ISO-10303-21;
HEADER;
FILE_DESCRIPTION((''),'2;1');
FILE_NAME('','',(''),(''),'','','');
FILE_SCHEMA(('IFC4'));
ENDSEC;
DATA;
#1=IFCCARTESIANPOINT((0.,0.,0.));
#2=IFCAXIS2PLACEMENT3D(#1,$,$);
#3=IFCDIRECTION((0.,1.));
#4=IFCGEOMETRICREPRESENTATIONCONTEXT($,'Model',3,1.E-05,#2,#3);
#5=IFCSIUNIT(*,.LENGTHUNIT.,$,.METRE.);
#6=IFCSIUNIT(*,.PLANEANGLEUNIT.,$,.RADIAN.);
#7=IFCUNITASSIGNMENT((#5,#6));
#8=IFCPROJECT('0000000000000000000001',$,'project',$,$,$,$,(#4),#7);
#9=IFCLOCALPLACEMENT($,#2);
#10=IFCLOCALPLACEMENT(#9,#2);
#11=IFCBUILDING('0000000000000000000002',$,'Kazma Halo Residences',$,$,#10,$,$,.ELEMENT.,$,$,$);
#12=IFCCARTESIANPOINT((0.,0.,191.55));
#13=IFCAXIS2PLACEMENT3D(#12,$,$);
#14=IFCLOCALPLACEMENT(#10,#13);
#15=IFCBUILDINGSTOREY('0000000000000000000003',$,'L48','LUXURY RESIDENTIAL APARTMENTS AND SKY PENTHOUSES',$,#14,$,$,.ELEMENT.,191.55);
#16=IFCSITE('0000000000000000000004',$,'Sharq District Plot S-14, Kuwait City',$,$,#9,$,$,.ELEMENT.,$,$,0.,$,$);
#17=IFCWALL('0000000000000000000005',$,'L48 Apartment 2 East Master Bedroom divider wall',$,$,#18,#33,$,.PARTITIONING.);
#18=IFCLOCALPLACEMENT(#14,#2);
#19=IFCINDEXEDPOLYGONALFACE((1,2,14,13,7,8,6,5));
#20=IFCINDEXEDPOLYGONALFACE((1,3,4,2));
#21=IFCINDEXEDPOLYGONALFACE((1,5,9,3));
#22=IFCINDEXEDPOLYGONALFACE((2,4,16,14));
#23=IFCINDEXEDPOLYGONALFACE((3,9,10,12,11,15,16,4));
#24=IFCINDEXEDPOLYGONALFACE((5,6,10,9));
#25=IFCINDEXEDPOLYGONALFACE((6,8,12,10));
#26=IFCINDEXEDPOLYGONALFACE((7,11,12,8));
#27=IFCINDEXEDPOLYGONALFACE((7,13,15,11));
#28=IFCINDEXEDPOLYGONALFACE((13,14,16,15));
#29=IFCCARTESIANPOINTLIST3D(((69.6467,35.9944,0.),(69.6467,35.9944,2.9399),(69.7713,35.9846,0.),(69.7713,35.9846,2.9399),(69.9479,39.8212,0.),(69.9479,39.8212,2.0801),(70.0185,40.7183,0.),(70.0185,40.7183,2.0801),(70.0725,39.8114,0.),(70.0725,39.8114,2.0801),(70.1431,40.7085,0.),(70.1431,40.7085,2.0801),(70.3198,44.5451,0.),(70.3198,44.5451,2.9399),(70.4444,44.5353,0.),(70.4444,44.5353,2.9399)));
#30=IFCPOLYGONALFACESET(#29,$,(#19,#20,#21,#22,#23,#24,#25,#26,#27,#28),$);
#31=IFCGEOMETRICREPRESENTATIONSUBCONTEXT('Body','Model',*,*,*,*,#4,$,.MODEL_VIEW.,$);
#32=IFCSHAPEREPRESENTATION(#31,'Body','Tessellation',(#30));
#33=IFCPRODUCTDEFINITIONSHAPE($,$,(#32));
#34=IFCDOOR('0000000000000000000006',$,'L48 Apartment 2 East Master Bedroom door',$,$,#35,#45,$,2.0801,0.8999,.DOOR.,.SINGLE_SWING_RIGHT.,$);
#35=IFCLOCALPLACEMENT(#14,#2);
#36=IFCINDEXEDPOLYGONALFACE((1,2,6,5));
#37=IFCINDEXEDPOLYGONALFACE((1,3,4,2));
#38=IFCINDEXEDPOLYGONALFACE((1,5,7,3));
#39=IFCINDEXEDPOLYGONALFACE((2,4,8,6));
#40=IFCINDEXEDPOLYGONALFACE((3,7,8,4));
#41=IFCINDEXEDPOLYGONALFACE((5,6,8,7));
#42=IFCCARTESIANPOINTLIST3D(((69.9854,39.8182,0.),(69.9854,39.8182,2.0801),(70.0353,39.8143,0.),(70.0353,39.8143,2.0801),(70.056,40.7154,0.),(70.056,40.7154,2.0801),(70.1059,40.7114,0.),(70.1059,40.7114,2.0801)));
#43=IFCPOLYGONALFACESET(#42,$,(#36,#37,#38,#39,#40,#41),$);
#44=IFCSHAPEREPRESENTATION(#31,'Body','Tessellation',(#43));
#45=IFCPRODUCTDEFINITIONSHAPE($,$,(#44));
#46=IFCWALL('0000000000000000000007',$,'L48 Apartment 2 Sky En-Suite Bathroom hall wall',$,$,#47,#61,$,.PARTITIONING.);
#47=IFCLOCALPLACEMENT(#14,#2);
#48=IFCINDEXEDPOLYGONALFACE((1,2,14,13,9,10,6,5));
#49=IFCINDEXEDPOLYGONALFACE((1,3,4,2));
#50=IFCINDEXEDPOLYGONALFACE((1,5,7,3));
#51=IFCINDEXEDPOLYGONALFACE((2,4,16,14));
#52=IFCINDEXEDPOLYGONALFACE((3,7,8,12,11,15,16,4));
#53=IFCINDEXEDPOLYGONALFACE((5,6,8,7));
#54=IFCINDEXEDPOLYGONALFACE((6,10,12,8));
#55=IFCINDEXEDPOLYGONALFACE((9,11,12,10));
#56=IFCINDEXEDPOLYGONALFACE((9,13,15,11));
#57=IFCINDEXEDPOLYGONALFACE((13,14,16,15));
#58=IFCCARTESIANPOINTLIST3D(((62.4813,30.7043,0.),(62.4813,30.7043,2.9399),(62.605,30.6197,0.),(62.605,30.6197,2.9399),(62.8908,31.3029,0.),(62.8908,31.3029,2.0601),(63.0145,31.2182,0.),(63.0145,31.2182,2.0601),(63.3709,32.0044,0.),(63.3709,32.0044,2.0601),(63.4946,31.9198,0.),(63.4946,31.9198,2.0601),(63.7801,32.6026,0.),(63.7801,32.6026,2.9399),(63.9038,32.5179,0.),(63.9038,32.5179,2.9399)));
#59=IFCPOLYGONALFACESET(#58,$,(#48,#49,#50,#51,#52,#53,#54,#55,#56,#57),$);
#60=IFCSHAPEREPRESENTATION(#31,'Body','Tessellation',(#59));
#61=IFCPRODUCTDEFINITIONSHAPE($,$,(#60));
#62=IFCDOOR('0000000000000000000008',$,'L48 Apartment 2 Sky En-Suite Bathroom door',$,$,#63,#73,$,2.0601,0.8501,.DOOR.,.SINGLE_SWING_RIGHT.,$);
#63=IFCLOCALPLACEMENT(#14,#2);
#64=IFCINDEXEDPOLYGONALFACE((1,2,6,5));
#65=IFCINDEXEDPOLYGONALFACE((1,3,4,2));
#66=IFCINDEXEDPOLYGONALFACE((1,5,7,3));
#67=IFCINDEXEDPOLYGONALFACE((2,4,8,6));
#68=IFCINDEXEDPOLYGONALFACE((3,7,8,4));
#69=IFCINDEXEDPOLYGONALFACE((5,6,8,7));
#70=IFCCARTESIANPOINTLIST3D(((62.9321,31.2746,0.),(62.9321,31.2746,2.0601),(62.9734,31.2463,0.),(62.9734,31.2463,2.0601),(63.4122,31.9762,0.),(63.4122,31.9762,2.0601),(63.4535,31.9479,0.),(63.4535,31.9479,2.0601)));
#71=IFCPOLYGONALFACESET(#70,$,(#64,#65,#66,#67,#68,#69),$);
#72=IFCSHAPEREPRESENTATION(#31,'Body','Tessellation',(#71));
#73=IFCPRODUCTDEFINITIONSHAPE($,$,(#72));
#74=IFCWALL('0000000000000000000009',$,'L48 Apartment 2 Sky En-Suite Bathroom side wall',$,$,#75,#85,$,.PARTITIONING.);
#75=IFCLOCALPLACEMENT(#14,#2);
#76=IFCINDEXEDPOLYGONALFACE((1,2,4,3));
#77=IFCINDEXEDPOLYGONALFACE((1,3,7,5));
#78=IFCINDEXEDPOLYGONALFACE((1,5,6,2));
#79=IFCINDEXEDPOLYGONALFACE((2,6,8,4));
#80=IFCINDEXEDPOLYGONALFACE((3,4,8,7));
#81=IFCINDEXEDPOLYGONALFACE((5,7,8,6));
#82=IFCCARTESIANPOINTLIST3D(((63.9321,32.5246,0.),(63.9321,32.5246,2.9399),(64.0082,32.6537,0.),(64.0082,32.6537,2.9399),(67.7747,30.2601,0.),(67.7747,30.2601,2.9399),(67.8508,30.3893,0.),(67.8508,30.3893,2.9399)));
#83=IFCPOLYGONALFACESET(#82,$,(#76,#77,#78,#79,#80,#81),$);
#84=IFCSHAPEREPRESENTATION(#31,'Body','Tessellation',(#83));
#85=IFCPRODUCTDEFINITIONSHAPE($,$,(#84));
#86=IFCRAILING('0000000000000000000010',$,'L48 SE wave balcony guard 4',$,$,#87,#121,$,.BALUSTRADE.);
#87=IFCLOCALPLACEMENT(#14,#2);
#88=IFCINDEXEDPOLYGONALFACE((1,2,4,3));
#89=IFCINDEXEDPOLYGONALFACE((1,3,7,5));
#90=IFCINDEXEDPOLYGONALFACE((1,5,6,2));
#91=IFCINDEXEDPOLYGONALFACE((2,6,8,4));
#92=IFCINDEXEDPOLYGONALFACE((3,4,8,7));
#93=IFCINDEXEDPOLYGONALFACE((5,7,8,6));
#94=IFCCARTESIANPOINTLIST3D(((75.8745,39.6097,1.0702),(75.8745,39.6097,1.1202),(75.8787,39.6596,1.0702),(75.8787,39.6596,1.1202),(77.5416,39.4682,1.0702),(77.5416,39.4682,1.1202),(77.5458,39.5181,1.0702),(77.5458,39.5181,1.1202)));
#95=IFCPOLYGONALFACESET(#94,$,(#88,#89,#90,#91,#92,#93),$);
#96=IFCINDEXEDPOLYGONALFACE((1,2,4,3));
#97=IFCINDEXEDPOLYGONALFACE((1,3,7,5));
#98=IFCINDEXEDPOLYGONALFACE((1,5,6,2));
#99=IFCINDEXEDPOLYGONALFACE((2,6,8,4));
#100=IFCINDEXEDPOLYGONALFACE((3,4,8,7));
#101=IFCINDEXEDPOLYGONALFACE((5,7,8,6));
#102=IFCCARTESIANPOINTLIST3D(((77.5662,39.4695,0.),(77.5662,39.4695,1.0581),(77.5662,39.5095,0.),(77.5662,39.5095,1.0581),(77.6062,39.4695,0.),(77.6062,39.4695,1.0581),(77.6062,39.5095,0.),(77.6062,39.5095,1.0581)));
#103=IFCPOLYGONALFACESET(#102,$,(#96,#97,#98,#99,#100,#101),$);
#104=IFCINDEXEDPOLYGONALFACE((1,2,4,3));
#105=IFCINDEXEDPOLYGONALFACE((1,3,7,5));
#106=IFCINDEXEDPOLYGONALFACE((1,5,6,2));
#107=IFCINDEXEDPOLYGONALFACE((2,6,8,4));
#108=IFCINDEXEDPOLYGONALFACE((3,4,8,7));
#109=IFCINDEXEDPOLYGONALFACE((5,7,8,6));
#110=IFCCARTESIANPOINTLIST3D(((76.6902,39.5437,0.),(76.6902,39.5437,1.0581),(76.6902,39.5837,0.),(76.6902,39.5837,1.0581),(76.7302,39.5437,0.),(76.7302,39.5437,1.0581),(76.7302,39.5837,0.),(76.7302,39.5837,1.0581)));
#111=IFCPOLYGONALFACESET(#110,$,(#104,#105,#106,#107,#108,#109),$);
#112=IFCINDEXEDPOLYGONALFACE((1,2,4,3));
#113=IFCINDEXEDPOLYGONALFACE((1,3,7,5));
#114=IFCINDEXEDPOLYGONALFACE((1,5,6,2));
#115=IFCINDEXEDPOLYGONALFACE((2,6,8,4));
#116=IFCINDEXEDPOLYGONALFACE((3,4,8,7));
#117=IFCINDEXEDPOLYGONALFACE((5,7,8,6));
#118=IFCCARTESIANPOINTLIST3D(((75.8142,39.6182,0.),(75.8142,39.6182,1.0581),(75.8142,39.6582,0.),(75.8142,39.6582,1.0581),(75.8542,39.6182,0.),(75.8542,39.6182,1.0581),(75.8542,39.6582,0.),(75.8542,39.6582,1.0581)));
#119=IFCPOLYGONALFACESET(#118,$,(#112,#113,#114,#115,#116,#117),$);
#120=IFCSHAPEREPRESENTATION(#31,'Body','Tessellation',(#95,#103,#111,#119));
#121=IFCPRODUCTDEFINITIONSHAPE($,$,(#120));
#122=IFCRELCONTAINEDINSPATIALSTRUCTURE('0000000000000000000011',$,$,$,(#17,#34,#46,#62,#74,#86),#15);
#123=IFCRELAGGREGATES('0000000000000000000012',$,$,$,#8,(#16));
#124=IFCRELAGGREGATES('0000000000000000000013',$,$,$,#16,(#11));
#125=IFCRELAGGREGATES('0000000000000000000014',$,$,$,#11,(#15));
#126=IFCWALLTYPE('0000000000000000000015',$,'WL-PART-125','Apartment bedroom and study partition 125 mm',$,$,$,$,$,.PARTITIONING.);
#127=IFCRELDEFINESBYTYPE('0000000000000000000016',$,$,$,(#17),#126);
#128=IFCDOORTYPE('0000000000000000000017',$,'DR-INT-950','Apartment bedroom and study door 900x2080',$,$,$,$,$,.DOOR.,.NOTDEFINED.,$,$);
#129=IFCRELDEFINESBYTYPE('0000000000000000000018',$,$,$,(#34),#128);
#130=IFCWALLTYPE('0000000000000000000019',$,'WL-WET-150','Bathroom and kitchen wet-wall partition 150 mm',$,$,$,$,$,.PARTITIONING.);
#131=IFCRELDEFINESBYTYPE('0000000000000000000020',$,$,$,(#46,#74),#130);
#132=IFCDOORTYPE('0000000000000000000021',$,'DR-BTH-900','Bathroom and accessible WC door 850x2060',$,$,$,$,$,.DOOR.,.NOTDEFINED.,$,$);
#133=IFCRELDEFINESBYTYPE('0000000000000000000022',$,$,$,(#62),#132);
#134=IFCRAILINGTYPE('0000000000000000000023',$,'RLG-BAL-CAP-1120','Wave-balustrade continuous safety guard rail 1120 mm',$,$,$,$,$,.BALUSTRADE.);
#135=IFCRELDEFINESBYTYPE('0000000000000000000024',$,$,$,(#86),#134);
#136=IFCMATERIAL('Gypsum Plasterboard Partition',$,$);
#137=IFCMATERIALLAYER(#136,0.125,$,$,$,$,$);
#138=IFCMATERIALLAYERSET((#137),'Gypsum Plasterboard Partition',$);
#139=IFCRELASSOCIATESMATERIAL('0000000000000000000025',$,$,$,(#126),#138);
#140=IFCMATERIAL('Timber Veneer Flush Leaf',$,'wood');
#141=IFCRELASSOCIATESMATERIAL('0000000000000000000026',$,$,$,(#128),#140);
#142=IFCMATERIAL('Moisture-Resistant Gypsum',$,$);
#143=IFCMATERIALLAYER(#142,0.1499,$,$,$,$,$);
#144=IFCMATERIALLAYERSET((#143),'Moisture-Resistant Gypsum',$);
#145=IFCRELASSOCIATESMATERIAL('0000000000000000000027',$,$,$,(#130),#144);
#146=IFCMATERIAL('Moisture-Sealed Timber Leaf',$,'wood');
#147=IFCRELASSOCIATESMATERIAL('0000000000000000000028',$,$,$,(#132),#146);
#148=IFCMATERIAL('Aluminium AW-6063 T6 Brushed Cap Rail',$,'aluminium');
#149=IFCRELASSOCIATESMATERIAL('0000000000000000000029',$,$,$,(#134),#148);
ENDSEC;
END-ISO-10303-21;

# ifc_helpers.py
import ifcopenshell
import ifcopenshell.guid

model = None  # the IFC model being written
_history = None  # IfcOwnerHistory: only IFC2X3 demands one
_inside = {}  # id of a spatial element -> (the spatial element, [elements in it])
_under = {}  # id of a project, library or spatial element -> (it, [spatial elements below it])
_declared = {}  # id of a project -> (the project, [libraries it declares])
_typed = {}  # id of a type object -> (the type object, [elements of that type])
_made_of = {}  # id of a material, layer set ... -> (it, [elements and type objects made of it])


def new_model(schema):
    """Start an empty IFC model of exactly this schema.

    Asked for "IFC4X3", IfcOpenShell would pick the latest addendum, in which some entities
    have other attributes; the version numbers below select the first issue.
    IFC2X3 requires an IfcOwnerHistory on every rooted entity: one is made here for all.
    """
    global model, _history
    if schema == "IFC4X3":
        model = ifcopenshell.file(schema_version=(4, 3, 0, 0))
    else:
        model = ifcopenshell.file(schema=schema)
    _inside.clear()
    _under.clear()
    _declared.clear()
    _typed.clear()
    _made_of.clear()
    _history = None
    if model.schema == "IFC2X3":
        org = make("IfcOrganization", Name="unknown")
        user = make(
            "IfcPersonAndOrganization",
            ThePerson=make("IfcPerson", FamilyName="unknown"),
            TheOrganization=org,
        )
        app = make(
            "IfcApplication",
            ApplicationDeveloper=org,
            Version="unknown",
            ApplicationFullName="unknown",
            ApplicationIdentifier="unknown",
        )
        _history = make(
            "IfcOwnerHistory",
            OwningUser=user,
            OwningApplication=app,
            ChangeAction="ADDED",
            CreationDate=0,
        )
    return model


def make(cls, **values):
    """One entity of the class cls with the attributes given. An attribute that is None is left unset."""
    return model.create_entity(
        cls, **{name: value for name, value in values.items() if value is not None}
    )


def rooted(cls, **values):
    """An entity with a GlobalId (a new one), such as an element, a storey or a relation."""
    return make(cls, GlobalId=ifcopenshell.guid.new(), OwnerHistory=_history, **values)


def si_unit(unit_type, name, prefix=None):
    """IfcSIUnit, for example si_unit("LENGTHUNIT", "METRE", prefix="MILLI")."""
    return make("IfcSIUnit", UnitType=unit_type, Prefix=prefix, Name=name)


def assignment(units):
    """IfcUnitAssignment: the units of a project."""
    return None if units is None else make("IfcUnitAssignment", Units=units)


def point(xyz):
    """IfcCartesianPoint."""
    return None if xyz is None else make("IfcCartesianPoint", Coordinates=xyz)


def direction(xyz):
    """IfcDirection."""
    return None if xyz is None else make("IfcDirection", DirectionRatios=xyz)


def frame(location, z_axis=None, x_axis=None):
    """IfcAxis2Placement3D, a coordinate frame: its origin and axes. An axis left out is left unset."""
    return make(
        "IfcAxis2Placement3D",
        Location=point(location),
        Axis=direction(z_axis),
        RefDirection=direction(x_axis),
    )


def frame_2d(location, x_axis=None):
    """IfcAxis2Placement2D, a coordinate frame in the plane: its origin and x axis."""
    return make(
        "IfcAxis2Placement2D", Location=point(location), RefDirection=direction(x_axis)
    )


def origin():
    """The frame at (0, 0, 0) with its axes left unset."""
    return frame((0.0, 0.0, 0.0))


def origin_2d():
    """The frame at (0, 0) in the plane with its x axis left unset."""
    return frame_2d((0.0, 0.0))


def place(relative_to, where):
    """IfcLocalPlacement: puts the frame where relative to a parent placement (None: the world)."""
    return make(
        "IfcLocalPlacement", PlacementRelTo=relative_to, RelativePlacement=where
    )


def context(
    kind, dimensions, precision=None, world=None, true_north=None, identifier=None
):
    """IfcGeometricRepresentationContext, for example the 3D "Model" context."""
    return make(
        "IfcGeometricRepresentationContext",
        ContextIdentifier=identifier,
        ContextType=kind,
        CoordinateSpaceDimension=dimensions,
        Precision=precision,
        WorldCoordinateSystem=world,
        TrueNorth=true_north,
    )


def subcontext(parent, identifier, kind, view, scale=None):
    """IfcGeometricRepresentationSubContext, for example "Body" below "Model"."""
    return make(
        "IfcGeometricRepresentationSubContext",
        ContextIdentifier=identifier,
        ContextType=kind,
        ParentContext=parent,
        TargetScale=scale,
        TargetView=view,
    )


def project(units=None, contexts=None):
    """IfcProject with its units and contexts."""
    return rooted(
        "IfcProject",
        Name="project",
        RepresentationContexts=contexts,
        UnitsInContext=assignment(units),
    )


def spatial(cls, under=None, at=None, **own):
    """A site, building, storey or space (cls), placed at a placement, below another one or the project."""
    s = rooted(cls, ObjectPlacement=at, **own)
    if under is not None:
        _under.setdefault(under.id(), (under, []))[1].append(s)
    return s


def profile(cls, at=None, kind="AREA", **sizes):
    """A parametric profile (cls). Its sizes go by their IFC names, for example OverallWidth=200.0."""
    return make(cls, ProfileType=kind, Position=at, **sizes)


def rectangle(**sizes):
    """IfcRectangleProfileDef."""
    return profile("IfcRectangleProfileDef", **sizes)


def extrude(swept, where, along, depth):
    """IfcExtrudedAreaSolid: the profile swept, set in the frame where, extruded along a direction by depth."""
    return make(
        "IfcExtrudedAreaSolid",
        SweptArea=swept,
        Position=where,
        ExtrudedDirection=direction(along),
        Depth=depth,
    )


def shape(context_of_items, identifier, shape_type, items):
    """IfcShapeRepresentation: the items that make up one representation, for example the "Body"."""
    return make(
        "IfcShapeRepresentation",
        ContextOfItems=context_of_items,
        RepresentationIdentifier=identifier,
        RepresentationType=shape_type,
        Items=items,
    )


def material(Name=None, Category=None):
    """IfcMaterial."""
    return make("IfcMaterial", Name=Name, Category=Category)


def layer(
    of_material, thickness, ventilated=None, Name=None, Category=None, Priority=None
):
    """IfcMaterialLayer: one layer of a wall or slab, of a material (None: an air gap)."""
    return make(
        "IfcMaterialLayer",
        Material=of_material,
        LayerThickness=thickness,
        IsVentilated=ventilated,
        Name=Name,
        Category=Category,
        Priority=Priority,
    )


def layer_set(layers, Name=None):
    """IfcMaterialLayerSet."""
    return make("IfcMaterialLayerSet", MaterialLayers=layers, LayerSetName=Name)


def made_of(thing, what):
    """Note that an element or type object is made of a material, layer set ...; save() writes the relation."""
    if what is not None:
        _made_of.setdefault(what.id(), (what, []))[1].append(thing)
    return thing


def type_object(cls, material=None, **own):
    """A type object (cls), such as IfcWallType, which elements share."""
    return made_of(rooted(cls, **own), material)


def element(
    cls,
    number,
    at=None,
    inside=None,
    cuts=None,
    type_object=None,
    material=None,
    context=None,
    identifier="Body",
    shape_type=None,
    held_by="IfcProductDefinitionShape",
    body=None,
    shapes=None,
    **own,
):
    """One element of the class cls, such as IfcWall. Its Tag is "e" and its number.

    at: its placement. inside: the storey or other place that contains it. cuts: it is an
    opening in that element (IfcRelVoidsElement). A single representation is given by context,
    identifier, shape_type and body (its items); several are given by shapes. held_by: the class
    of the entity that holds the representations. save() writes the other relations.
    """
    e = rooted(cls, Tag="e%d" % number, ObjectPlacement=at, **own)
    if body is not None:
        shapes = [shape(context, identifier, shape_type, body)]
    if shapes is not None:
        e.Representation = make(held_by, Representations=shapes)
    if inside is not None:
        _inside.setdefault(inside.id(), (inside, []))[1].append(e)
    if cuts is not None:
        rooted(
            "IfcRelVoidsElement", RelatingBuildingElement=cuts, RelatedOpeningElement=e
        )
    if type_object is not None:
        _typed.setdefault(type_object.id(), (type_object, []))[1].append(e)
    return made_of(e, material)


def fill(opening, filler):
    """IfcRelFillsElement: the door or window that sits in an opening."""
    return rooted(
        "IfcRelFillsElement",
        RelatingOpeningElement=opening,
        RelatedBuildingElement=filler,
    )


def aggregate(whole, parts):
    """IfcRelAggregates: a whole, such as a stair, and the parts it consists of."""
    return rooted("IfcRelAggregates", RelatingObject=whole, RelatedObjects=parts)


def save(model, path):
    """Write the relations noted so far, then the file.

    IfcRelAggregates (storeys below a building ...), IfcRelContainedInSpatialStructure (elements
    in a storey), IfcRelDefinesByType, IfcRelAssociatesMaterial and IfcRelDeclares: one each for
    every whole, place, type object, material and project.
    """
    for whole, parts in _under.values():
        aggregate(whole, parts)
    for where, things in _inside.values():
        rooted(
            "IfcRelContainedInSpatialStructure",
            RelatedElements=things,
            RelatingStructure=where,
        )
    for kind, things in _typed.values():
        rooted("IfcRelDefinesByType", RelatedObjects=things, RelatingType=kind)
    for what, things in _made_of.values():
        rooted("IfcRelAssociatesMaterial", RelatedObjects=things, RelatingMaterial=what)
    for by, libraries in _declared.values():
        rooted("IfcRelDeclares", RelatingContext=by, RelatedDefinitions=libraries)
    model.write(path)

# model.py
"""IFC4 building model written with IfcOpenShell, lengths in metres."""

from ifc_helpers import new_model, si_unit, direction, frame, frame_2d, origin, origin_2d, place, context, subcontext, project, spatial, rectangle, extrude, material, layer, layer_set, type_object, element, fill, save


model = new_model("IFC4")

# Units and contexts
model_context = context("Model", 3, precision=1e-05, world=origin(), true_north=direction((0.0, 1.0)))
body_context = subcontext(model_context, "Body", "Model", "MODEL_VIEW")
ifc_project = project(units=[si_unit("LENGTHUNIT", "METRE"), si_unit("PLANEANGLEUNIT", "RADIAN")], contexts=[model_context])

# Site, building, storey
site_placement = place(None, origin())
site = spatial("IfcSite", under=ifc_project, at=site_placement, Name="Sharq District Plot S-14, Kuwait City", CompositionType="ELEMENT", RefElevation=0.0)
building_placement = place(site_placement, origin())
building = spatial("IfcBuilding", under=site, at=building_placement, Name="Kazma Halo Residences", CompositionType="ELEMENT")
storey_placement = place(building_placement, frame((0.0, 0.0, 191.55)))
storey = spatial("IfcBuildingStorey", under=building, at=storey_placement, Name="L48", Description="LUXURY RESIDENTIAL APARTMENTS AND SKY PENTHOUSES", CompositionType="ELEMENT", Elevation=191.55)

# Shared definitions
ifc_material_1 = material(Name="Gypsum Plasterboard Partition")
ifc_layer_1 = layer(ifc_material_1, 0.125)
ifc_layer_set_1 = layer_set([ifc_layer_1], Name="Gypsum Plasterboard Partition")
wall_type_1 = type_object("IfcWallType", Name="WL-PART-125", Description="Apartment bedroom and study partition 125 mm", PredefinedType="PARTITIONING", material=ifc_layer_set_1)
ifc_material_2 = material(Name="Timber Veneer Flush Leaf", Category="wood")
door_type_1 = type_object("IfcDoorType", Name="DR-INT-950", Description="Apartment bedroom and study door 900x2080", OperationType="NOTDEFINED", PredefinedType="DOOR", material=ifc_material_2)

# Walls, openings, doors
wall_1_placement = place(storey_placement, frame((69.709, 35.9895, 0.0), z_axis=(0.0, 0.0, 1.0), x_axis=(0.078475, 0.996916, 0.0)))
wall_1 = element("IfcWall", 1, at=wall_1_placement, inside=storey, type_object=wall_type_1, Name="L48 Apartment 2 East Master Bedroom divider wall", PredefinedType="PARTITIONING", context=body_context, shape_type="SweptSolid", body=[
    extrude(rectangle(XDim=8.5771, YDim=0.125, at=frame_2d((4.2886, 0.0))), origin(), (0.0, 0.0, 1.0), 2.9399),
])
opening_1_placement = place(wall_1_placement, frame((3.8386, 0.0, 0.0)))
opening_1 = element("IfcOpeningElement", 2, at=opening_1_placement, cuts=wall_1, PredefinedType="OPENING", context=body_context, shape_type="SweptSolid", body=[
    extrude(rectangle(XDim=0.8999, YDim=2.0801, at=frame_2d((0.45, 1.04))), frame((0.0, 0.0725, 0.0), z_axis=(0.0, -1.0, 0.0), x_axis=(1.0, 0.0, 0.0)), (0.0, 0.0, 1.0), 0.145),
])
door_1_placement = place(opening_1_placement, origin())
door_1 = element("IfcDoor", 3, at=door_1_placement, inside=storey, type_object=door_type_1, Name="L48 Apartment 2 East Master Bedroom door", OperationType="SINGLE_SWING_RIGHT", OverallHeight=2.0801, OverallWidth=0.8999, PredefinedType="DOOR", context=body_context, shape_type="SweptSolid", body=[
    extrude(rectangle(XDim=0.8999, YDim=2.0801, at=frame_2d((0.45, 1.04))), frame((0.0, 0.0249, 0.0), z_axis=(0.0, -1.0, 0.0), x_axis=(1.0, 0.0, 0.0)), (0.0, 0.0, 1.0), 0.05),
])
fill(opening_1, door_1)
ifc_material_3 = material(Name="Moisture-Resistant Gypsum")
ifc_layer_2 = layer(ifc_material_3, 0.1499)
ifc_layer_set_2 = layer_set([ifc_layer_2], Name="Moisture-Resistant Gypsum")
wall_type_2 = type_object("IfcWallType", Name="WL-WET-150", Description="Bathroom and kitchen wet-wall partition 150 mm", PredefinedType="PARTITIONING", material=ifc_layer_set_2)
wall_2_placement = place(storey_placement, frame((62.5432, 30.6621, 0.0), z_axis=(0.0, 0.0, 1.0), x_axis=(0.564703, 0.825294, 0.0)))
wall_2 = element("IfcWall", 4, at=wall_2_placement, inside=storey, type_object=wall_type_2, Name="L48 Apartment 2 Sky En-Suite Bathroom hall wall", PredefinedType="PARTITIONING", context=body_context, shape_type="SweptSolid", body=[
    extrude(rectangle(XDim=2.3, YDim=0.1499, at=frame_2d((1.1499, 0.0))), origin(), (0.0, 0.0, 1.0), 2.9399),
])
opening_2_placement = place(wall_2_placement, frame((0.7251, 0.0, 0.0)))
opening_2 = element("IfcOpeningElement", 5, at=opening_2_placement, cuts=wall_2, PredefinedType="OPENING", context=body_context, shape_type="SweptSolid", body=[
    extrude(rectangle(XDim=0.8501, YDim=2.0601, at=frame_2d((0.425, 1.03))), frame((0.0, 0.085, 0.0), z_axis=(0.0, -1.0, 0.0), x_axis=(1.0, 0.0, 0.0)), (0.0, 0.0, 1.0), 0.1699),
])
ifc_material_4 = material(Name="Moisture-Sealed Timber Leaf", Category="wood")
door_type_2 = type_object("IfcDoorType", Name="DR-BTH-900", Description="Bathroom and accessible WC door 850x2060", OperationType="NOTDEFINED", PredefinedType="DOOR", material=ifc_material_4)
door_2_placement = place(opening_2_placement, origin())
door_2 = element("IfcDoor", 6, at=door_2_placement, inside=storey, type_object=door_type_2, Name="L48 Apartment 2 Sky En-Suite Bathroom door", OperationType="SINGLE_SWING_RIGHT", OverallHeight=2.0601, OverallWidth=0.8501, PredefinedType="DOOR", context=body_context, shape_type="SweptSolid", body=[
    extrude(rectangle(XDim=0.8501, YDim=2.0601, at=frame_2d((0.425, 1.03))), frame((0.0, 0.0249, 0.0), z_axis=(0.0, -1.0, 0.0), x_axis=(1.0, 0.0, 0.0)), (0.0, 0.0, 1.0), 0.05),
])
fill(opening_2, door_2)

# Wall
wall_3_placement = place(storey_placement, frame((63.9702, 32.5891, 0.0), z_axis=(0.0, 0.0, 1.0), x_axis=(0.861533, -0.507702, 0.0)))
element("IfcWall", 7, at=wall_3_placement, inside=storey, type_object=wall_type_2, Name="L48 Apartment 2 Sky En-Suite Bathroom side wall", PredefinedType="PARTITIONING", context=body_context, shape_type="SweptSolid", body=[
    extrude(rectangle(XDim=4.4602, YDim=0.1499, at=frame_2d((2.23, 0.0))), origin(), (0.0, 0.0, 1.0), 2.9399),
])

# Railing
ifc_material_5 = material(Name="Aluminium AW-6063 T6 Brushed Cap Rail", Category="aluminium")
railing_type = type_object("IfcRailingType", Name="RLG-BAL-CAP-1120", Description="Wave-balustrade continuous safety guard rail 1120 mm", PredefinedType="BALUSTRADE", material=ifc_material_5)
railing_placement = place(storey_placement, frame((77.5862, 39.4895, 0.0)))
element("IfcRailing", 8, at=railing_placement, inside=storey, type_object=railing_type, Name="L48 SE wave balcony guard 4", PredefinedType="BALUSTRADE", context=body_context, shape_type="SweptSolid", body=[
    extrude(rectangle(XDim=0.05, YDim=0.05, at=origin_2d()), frame((-0.0425, 0.0037, 1.0952), z_axis=(-0.996418, 0.084562, 0.0), x_axis=(-0.084562, -0.996418, 0.0)), (0.0, 0.0, 1.0), 1.6731),
    extrude(rectangle(XDim=0.04, YDim=0.04, at=origin_2d()), origin(), (0.0, 0.0, 1.0), 1.0581),
    extrude(rectangle(XDim=0.04, YDim=0.04, at=origin_2d()), frame((-0.876, 0.0742, 0.0)), (0.0, 0.0, 1.0), 1.0581),
    extrude(rectangle(XDim=0.04, YDim=0.04, at=origin_2d()), frame((-1.752, 0.1487, 0.0)), (0.0, 0.0, 1.0), 1.0581),
])

save(model, "model.ifc")
